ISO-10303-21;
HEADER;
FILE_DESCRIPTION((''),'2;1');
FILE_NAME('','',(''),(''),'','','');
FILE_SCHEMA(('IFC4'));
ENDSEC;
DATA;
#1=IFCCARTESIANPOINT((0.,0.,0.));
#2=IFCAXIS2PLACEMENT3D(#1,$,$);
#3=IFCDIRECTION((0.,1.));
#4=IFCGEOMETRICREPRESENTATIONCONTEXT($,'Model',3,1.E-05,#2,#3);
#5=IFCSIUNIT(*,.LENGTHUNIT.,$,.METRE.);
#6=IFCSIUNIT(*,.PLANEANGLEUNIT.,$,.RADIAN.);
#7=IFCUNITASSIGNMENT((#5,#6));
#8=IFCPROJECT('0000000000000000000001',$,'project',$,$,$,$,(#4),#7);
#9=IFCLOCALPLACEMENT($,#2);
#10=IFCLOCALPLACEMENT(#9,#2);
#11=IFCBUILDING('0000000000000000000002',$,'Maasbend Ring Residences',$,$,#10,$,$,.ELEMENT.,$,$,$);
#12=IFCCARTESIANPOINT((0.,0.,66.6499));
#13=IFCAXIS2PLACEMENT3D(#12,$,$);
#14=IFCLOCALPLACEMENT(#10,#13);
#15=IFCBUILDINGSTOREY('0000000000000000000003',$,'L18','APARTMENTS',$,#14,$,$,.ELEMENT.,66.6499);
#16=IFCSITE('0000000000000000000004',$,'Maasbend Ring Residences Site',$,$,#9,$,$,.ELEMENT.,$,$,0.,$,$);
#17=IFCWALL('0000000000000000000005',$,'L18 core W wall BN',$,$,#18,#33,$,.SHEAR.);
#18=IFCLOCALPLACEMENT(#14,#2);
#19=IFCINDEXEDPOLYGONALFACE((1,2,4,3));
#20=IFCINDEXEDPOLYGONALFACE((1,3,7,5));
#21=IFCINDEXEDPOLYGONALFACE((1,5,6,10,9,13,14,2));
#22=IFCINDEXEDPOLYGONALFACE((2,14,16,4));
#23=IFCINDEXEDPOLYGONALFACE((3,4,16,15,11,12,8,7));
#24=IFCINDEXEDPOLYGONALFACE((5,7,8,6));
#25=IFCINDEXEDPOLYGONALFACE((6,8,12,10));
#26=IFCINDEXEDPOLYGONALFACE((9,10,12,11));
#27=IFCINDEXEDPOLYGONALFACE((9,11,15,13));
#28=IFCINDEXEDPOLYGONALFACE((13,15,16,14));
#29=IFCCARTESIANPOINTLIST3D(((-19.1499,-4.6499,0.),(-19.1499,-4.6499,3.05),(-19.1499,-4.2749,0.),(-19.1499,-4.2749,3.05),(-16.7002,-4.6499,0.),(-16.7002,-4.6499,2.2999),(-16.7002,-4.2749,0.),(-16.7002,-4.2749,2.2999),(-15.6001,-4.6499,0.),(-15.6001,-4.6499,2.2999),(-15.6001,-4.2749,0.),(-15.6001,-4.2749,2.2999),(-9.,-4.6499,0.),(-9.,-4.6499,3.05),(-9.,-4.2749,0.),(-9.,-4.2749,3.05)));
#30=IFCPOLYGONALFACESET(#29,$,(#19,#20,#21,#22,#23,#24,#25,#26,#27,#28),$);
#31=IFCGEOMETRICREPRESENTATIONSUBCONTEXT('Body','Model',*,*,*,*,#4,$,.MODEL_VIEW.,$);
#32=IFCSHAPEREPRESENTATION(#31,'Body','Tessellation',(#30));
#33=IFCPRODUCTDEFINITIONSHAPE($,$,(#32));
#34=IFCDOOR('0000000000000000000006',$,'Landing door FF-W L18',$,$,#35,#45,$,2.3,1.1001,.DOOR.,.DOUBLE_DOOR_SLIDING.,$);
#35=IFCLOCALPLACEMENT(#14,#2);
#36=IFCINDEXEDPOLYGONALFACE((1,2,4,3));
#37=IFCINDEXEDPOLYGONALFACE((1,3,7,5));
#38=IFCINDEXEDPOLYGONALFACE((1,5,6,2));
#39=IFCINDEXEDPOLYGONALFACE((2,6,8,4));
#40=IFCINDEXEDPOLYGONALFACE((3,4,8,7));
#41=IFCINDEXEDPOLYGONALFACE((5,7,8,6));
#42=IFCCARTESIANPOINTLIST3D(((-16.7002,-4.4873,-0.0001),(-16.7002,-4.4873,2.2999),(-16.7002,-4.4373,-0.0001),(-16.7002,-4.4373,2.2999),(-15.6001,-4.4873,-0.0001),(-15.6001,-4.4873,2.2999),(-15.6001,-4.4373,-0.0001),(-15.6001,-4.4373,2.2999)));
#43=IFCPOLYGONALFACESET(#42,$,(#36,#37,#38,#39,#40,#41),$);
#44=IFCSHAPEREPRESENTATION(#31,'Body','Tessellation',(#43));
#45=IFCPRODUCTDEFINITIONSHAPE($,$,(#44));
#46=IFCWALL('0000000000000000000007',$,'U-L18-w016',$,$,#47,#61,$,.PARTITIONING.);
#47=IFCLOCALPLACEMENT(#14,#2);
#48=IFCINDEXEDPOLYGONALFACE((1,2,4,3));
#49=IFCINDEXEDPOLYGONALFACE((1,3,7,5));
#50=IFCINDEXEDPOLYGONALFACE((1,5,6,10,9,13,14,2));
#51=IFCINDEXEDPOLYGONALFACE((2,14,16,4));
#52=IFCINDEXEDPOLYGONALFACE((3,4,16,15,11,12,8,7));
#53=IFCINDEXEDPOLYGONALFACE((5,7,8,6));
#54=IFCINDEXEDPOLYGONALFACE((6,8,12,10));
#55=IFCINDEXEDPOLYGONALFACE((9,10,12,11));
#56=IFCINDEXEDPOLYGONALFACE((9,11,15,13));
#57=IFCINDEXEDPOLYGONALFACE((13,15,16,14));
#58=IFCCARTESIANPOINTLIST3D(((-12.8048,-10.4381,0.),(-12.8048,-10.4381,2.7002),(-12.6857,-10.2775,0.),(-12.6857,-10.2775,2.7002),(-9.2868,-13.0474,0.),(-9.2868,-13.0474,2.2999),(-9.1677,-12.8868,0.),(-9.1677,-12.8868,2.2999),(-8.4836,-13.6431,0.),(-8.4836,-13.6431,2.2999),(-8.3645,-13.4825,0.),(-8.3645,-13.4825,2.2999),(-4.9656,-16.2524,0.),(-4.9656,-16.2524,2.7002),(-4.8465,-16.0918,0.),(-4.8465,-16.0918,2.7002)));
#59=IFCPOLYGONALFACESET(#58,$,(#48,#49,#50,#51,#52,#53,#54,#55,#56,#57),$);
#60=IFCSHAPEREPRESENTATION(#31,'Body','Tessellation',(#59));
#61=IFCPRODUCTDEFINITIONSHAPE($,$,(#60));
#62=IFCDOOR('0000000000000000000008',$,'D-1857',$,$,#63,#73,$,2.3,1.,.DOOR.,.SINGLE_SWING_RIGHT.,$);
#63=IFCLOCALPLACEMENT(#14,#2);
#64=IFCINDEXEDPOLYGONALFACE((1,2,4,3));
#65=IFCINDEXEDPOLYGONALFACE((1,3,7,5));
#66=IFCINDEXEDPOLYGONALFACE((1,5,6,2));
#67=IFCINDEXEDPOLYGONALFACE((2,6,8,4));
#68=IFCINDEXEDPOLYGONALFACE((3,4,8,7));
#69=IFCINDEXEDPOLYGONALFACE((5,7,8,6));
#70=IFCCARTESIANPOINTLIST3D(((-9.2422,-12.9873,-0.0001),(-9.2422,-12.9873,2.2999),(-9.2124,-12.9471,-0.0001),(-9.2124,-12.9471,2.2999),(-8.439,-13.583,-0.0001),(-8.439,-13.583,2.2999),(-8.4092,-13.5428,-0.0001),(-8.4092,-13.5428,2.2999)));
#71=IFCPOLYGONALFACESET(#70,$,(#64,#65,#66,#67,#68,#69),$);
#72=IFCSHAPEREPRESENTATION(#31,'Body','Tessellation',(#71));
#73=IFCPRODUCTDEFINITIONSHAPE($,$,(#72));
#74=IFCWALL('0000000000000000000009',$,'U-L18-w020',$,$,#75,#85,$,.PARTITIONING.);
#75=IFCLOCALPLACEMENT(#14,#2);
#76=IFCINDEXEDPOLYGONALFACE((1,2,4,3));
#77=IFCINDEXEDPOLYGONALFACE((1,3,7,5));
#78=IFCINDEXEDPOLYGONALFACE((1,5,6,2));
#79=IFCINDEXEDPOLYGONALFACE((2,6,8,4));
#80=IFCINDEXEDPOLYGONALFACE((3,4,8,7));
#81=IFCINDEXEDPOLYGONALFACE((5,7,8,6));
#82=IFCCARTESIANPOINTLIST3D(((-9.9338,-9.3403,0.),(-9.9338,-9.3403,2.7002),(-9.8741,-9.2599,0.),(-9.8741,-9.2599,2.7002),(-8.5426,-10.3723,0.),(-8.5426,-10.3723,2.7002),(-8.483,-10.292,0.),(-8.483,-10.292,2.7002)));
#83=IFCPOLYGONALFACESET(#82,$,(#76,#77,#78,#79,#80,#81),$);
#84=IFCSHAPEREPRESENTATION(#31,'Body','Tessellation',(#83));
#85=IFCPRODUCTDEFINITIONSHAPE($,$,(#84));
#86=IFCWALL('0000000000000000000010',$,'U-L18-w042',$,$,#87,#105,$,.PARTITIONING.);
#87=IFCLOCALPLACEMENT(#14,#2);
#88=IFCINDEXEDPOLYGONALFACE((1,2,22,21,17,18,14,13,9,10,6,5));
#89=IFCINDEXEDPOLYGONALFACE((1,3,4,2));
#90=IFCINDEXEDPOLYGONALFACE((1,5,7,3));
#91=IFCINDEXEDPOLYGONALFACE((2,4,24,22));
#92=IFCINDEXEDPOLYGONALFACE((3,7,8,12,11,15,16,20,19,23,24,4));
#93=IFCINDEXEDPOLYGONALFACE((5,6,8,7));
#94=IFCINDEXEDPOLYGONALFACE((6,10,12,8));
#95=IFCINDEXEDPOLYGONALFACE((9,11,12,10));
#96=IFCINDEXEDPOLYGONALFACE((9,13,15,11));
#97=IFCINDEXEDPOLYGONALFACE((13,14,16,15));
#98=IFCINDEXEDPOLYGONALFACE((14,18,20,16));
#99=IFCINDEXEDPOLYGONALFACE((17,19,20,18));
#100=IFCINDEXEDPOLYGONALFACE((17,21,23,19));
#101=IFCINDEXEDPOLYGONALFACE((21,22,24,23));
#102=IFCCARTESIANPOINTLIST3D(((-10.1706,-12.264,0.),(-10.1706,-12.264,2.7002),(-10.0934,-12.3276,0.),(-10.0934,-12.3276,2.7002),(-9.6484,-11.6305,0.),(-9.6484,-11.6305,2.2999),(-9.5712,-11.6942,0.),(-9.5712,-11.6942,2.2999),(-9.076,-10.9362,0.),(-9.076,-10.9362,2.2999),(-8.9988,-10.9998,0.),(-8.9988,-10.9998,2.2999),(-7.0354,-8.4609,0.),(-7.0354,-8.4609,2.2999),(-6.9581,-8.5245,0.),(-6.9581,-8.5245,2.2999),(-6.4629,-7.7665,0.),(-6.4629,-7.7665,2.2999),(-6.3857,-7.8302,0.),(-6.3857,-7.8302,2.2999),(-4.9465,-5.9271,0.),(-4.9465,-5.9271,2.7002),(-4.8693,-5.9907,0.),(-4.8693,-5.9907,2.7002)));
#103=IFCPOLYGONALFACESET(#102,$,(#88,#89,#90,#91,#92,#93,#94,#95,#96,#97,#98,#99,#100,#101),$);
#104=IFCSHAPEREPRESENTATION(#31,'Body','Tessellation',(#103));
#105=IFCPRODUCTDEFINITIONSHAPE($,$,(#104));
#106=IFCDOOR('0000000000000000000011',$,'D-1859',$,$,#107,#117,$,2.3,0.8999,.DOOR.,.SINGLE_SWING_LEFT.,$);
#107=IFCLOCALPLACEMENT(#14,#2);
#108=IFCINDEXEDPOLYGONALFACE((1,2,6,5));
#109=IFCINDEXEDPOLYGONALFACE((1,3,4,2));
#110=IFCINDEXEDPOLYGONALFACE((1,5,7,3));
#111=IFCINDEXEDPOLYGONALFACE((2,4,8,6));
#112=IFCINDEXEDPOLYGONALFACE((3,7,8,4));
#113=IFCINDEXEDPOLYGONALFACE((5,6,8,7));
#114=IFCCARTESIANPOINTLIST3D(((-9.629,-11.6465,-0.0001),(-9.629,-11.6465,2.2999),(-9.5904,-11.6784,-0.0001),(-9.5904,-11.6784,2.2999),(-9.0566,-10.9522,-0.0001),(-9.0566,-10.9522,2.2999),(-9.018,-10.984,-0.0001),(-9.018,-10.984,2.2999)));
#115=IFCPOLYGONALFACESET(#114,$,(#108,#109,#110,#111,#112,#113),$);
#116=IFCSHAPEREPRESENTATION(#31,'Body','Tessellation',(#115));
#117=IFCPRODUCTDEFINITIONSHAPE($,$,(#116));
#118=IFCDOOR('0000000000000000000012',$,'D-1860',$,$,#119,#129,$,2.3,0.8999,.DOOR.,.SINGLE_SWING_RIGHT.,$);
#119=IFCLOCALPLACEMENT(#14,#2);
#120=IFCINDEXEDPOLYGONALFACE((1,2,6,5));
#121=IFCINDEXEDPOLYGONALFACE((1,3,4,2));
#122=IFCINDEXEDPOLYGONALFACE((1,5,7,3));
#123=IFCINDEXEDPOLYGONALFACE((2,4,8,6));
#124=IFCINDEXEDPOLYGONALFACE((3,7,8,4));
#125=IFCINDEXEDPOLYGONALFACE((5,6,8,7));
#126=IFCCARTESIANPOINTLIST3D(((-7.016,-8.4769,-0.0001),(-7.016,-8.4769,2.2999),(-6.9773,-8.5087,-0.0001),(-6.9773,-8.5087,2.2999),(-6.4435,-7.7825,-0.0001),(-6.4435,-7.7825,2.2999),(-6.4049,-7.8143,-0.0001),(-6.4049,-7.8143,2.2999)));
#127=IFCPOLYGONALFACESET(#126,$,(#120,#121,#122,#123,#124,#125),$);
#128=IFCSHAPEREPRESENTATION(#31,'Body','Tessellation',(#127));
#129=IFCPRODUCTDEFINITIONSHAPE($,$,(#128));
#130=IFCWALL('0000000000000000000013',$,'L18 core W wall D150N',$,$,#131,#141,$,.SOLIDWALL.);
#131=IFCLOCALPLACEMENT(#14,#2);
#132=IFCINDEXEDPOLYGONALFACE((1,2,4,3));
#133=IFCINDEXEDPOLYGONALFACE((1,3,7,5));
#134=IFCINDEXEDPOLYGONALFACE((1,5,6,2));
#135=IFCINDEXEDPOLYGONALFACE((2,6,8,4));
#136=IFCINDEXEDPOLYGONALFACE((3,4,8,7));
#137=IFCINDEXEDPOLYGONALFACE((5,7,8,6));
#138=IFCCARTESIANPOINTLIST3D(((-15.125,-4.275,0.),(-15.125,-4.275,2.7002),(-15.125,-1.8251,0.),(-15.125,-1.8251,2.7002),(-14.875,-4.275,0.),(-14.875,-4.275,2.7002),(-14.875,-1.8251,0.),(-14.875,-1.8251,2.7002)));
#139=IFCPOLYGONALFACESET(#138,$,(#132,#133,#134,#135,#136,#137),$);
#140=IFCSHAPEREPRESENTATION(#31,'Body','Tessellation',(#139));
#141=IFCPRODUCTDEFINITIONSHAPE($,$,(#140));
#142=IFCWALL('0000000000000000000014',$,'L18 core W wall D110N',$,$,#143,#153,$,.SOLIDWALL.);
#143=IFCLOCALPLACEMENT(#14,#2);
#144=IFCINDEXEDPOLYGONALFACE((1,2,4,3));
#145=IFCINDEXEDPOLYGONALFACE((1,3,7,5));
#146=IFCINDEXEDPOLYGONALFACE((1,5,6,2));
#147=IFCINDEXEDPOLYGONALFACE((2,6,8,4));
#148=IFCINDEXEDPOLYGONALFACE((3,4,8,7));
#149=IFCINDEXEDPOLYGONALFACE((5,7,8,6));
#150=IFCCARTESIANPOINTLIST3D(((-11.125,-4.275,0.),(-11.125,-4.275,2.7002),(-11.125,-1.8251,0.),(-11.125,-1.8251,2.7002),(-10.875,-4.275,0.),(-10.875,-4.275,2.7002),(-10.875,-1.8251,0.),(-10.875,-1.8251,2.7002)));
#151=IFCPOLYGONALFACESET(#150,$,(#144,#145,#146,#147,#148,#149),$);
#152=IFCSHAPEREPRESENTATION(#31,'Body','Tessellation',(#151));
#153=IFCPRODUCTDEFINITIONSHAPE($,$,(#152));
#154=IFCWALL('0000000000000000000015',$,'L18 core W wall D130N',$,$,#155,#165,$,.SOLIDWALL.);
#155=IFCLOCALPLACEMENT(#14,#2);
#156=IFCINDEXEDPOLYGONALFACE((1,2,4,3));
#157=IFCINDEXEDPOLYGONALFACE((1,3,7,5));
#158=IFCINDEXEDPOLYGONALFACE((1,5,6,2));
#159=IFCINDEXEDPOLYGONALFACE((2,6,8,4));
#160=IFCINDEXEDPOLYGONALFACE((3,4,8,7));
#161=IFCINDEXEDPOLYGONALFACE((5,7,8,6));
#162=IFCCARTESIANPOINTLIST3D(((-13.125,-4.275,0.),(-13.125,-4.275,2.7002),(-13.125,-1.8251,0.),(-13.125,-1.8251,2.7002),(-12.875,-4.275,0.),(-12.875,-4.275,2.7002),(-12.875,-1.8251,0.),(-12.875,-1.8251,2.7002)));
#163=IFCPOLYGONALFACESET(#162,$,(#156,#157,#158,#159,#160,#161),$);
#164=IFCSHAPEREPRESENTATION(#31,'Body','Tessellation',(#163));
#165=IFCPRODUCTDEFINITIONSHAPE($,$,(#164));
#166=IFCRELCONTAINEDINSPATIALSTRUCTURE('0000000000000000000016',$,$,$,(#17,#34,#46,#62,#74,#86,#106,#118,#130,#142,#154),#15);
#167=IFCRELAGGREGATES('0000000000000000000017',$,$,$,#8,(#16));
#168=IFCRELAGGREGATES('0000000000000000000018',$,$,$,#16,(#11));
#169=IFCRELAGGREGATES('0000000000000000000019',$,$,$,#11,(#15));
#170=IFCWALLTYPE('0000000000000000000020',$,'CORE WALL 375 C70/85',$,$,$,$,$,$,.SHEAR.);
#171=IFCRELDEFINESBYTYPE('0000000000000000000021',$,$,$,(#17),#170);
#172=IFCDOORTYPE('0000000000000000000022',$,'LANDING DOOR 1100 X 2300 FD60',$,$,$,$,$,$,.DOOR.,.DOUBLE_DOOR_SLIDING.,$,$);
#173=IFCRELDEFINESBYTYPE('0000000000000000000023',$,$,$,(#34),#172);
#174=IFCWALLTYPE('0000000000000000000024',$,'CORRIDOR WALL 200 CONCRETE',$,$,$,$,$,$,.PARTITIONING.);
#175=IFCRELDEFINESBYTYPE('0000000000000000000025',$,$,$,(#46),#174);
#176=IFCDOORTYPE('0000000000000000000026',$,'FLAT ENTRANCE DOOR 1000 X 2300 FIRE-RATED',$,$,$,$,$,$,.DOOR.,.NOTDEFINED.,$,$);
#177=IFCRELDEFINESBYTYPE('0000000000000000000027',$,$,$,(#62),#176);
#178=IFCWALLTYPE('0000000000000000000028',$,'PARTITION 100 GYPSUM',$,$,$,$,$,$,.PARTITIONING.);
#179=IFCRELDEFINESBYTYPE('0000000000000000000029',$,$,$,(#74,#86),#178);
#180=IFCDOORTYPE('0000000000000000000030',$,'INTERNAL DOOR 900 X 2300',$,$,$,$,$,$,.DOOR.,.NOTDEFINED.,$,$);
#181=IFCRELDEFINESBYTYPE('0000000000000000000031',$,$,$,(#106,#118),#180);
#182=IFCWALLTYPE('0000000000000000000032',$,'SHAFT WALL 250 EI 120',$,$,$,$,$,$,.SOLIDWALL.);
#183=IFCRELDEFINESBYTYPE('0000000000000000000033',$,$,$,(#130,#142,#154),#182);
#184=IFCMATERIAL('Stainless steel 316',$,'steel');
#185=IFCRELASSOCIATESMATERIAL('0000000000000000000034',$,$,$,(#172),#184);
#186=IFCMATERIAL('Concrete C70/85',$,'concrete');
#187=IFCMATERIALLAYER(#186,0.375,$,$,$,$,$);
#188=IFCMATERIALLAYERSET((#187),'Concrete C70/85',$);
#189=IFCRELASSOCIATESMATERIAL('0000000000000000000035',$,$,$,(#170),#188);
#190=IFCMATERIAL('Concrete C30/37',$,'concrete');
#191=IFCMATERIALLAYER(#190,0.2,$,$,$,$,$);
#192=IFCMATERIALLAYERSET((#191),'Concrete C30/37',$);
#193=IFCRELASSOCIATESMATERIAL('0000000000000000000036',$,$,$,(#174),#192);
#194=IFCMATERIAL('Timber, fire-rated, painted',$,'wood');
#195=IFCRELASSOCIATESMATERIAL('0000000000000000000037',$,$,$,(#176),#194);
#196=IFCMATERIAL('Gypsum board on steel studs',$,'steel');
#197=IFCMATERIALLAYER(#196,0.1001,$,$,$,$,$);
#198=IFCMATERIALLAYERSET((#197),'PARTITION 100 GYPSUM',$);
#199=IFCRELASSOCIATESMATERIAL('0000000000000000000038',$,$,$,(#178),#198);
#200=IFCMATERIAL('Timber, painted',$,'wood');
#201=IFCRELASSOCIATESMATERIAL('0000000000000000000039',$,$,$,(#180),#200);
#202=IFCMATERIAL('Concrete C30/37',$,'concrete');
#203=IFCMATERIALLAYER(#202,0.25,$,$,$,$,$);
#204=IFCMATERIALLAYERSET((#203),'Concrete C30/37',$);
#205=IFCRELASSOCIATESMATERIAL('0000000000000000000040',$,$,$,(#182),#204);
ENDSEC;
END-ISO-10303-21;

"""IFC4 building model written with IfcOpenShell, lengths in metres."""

from ifc_helpers import new_model, si_unit, direction, frame, frame_2d, origin, place, context, subcontext, project, spatial, rectangle, extrude, material, layer, layer_set, type_object, element, fill, save


model = new_model("IFC4")

# Units and contexts
model_context = context("Model", 3, precision=1e-05, world=origin(), true_north=direction((0.0, 1.0)))
body_context = subcontext(model_context, "Body", "Model", "MODEL_VIEW")
ifc_project = project(units=[si_unit("LENGTHUNIT", "METRE"), si_unit("PLANEANGLEUNIT", "RADIAN")], contexts=[model_context])

# Site, building, storey
site_placement = place(None, origin())
site = spatial("IfcSite", under=ifc_project, at=site_placement, Name="Maasbend Ring Residences Site", CompositionType="ELEMENT", RefElevation=0.0)
building_placement = place(site_placement, origin())
building = spatial("IfcBuilding", under=site, at=building_placement, Name="Maasbend Ring Residences", CompositionType="ELEMENT")
storey_placement = place(building_placement, frame((0.0, 0.0, 66.6499)))
storey = spatial("IfcBuildingStorey", under=building, at=storey_placement, Name="L18", Description="APARTMENTS", CompositionType="ELEMENT", Elevation=66.6499)

# Shared definitions
ifc_material_1 = material(Name="Stainless steel 316", Category="steel")
door_type_1 = type_object("IfcDoorType", Name="LANDING DOOR 1100 X 2300 FD60", OperationType="DOUBLE_DOOR_SLIDING", PredefinedType="DOOR", material=ifc_material_1)

# Walls, openings, doors
ifc_material_2 = material(Name="Concrete C70/85", Category="concrete")
ifc_layer_1 = layer(ifc_material_2, 0.375)
ifc_layer_set_1 = layer_set([ifc_layer_1], Name="Concrete C70/85")
wall_type_1 = type_object("IfcWallType", Name="CORE WALL 375 C70/85", PredefinedType="SHEAR", material=ifc_layer_set_1)
wall_1_placement = place(storey_placement, frame((-9.0, -4.4624, 0.0), z_axis=(0.0, 0.0, 1.0), x_axis=(-1.0, 0.0, 0.0)))
wall_1 = element("IfcWall", 1, at=wall_1_placement, inside=storey, type_object=wall_type_1, Name="L18 core W wall BN", PredefinedType="SHEAR", context=body_context, shape_type="SweptSolid", body=[
    extrude(rectangle(XDim=10.1499, YDim=0.375, at=frame_2d((5.075, 0.0))), origin(), (0.0, 0.0, 1.0), 3.05),
])
opening_1_placement = place(wall_1_placement, frame((6.6001, 0.0, 0.0)))
opening_1 = element("IfcOpeningElement", 2, at=opening_1_placement, cuts=wall_1, PredefinedType="OPENING", context=body_context, shape_type="SweptSolid", body=[
    extrude(rectangle(XDim=1.1001, YDim=2.3, at=frame_2d((0.55, 1.1499))), frame((0.0, 0.1975, 0.0), z_axis=(0.0, -1.0, 0.0), x_axis=(1.0, 0.0, 0.0)), (0.0, 0.0, 1.0), 0.395),
])
door_1_placement = place(opening_1_placement, origin())
door_1 = element("IfcDoor", 3, at=door_1_placement, inside=storey, type_object=door_type_1, Name="Landing door FF-W L18", OperationType="DOUBLE_DOOR_SLIDING", OverallHeight=2.3, OverallWidth=1.1001, PredefinedType="DOOR", context=body_context, shape_type="SweptSolid", body=[
    extrude(rectangle(XDim=1.1001, YDim=2.3, at=frame_2d((0.55, 1.1499))), frame((0.0, 0.0249, 0.0), z_axis=(0.0, -1.0, 0.0), x_axis=(1.0, 0.0, 0.0)), (0.0, 0.0, 1.0), 0.05),
])
fill(opening_1, door_1)
ifc_material_3 = material(Name="Concrete C30/37", Category="concrete")
ifc_layer_2 = layer(ifc_material_3, 0.2)
ifc_layer_set_2 = layer_set([ifc_layer_2], Name="Concrete C30/37")
wall_type_2 = type_object("IfcWallType", Name="CORRIDOR WALL 200 CONCRETE", PredefinedType="PARTITIONING", material=ifc_layer_set_2)
wall_2_placement = place(storey_placement, frame((-12.7451, -10.3579, 0.0), z_axis=(0.0, 0.0, 1.0), x_axis=(0.803191, -0.595721, 0.0)))
wall_2 = element("IfcWall", 4, at=wall_2_placement, inside=storey, type_object=wall_type_2, Name="U-L18-w016", PredefinedType="PARTITIONING", context=body_context, shape_type="SweptSolid", body=[
    extrude(rectangle(XDim=9.76, YDim=0.2, at=frame_2d((4.8799, 0.0))), origin(), (0.0, 0.0, 1.0), 2.7002),
])
opening_2_placement = place(wall_2_placement, frame((4.3799, 0.0, 0.0)))
opening_2 = element("IfcOpeningElement", 5, at=opening_2_placement, cuts=wall_2, PredefinedType="OPENING", context=body_context, shape_type="SweptSolid", body=[
    extrude(rectangle(XDim=1.0, YDim=2.3, at=frame_2d((0.5, 1.1499))), frame((0.0, 0.1099, 0.0), z_axis=(0.0, -1.0, 0.0), x_axis=(1.0, 0.0, 0.0)), (0.0, 0.0, 1.0), 0.22),
])
ifc_material_4 = material(Name="Timber, fire-rated, painted", Category="wood")
door_type_2 = type_object("IfcDoorType", Name="FLAT ENTRANCE DOOR 1000 X 2300 FIRE-RATED", OperationType="NOTDEFINED", PredefinedType="DOOR", material=ifc_material_4)
door_2_placement = place(opening_2_placement, origin())
door_2 = element("IfcDoor", 6, at=door_2_placement, inside=storey, type_object=door_type_2, Name="D-1857", OperationType="SINGLE_SWING_RIGHT", OverallHeight=2.3, OverallWidth=1.0, PredefinedType="DOOR", context=body_context, shape_type="SweptSolid", body=[
    extrude(rectangle(XDim=1.0, YDim=2.3, at=frame_2d((0.5, 1.1499))), frame((0.0, 0.0249, 0.0), z_axis=(0.0, -1.0, 0.0), x_axis=(1.0, 0.0, 0.0)), (0.0, 0.0, 1.0), 0.05),
])
fill(opening_2, door_2)

# Wall
ifc_material_5 = material(Name="Gypsum board on steel studs", Category="steel")
ifc_layer_3 = layer(ifc_material_5, 0.1001)
ifc_layer_set_3 = layer_set([ifc_layer_3], Name="PARTITION 100 GYPSUM")
wall_type_3 = type_object("IfcWallType", Name="PARTITION 100 GYPSUM", PredefinedType="PARTITIONING", material=ifc_layer_set_3)
wall_3_placement = place(storey_placement, frame((-9.9041, -9.3, 0.0), z_axis=(0.0, 0.0, 1.0), x_axis=(0.803135, -0.595797, 0.0)))
element("IfcWall", 7, at=wall_3_placement, inside=storey, type_object=wall_type_3, Name="U-L18-w020", PredefinedType="PARTITIONING", context=body_context, shape_type="SweptSolid", body=[
    extrude(rectangle(XDim=1.7322, YDim=0.1001, at=frame_2d((0.8662, 0.0))), origin(), (0.0, 0.0, 1.0), 2.7002),
])

# Wall, openings, doors
wall_4_placement = place(storey_placement, frame((-10.1321, -12.2959, 0.0), z_axis=(0.0, 0.0, 1.0), x_axis=(0.636105, 0.771602, 0.0)))
wall_4 = element("IfcWall", 8, at=wall_4_placement, inside=storey, type_object=wall_type_3, Name="U-L18-w042", PredefinedType="PARTITIONING", context=body_context, shape_type="SweptSolid", body=[
    extrude(rectangle(XDim=8.2126, YDim=0.1001, at=frame_2d((4.1064, 0.0))), origin(), (0.0, 0.0, 1.0), 2.7002),
])
opening_3_placement = place(wall_4_placement, frame((0.821, 0.0, 0.0)))
opening_3 = element("IfcOpeningElement", 9, at=opening_3_placement, cuts=wall_4, PredefinedType="OPENING", context=body_context, shape_type="SweptSolid", body=[
    extrude(rectangle(XDim=0.8999, YDim=2.3, at=frame_2d((0.45, 1.1499))), frame((0.0, 0.0601, 0.0), z_axis=(0.0, -1.0, 0.0), x_axis=(1.0, 0.0, 0.0)), (0.0, 0.0, 1.0), 0.1201),
])
opening_4_placement = place(wall_4_placement, frame((4.929, 0.0, 0.0)))
opening_4 = element("IfcOpeningElement", 10, at=opening_4_placement, cuts=wall_4, PredefinedType="OPENING", context=body_context, shape_type="SweptSolid", body=[
    extrude(rectangle(XDim=0.8999, YDim=2.3, at=frame_2d((0.45, 1.1499))), frame((0.0, 0.0601, 0.0), z_axis=(0.0, -1.0, 0.0), x_axis=(1.0, 0.0, 0.0)), (0.0, 0.0, 1.0), 0.1201),
])
ifc_material_6 = material(Name="Timber, painted", Category="wood")
door_type_3 = type_object("IfcDoorType", Name="INTERNAL DOOR 900 X 2300", OperationType="NOTDEFINED", PredefinedType="DOOR", material=ifc_material_6)
door_3_placement = place(opening_3_placement, origin())
door_3 = element("IfcDoor", 11, at=door_3_placement, inside=storey, type_object=door_type_3, Name="D-1859", OperationType="SINGLE_SWING_LEFT", OverallHeight=2.3, OverallWidth=0.8999, PredefinedType="DOOR", context=body_context, shape_type="SweptSolid", body=[
    extrude(rectangle(XDim=0.8999, YDim=2.3, at=frame_2d((0.45, 1.1499))), frame((0.0, 0.0249, 0.0), z_axis=(0.0, -1.0, 0.0), x_axis=(1.0, 0.0, 0.0)), (0.0, 0.0, 1.0), 0.05),
])
fill(opening_3, door_3)
door_4_placement = place(opening_4_placement, origin())
door_4 = element("IfcDoor", 12, at=door_4_placement, inside=storey, type_object=door_type_3, Name="D-1860", OperationType="SINGLE_SWING_RIGHT", OverallHeight=2.3, OverallWidth=0.8999, PredefinedType="DOOR", context=body_context, shape_type="SweptSolid", body=[
    extrude(rectangle(XDim=0.8999, YDim=2.3, at=frame_2d((0.45, 1.1499))), frame((0.0, 0.0249, 0.0), z_axis=(0.0, -1.0, 0.0), x_axis=(1.0, 0.0, 0.0)), (0.0, 0.0, 1.0), 0.05),
])
fill(opening_4, door_4)

# Walls
ifc_material_7 = material(Name="Concrete C30/37", Category="concrete")
ifc_layer_4 = layer(ifc_material_7, 0.25)
ifc_layer_set_4 = layer_set([ifc_layer_4], Name="Concrete C30/37")
wall_type_4 = type_object("IfcWallType", Name="SHAFT WALL 250 EI 120", PredefinedType="SOLIDWALL", material=ifc_layer_set_4)
for number, where, z_axis, x_axis, name in (
    (13, (-15.0, -1.825, 0.0), (0.0, 0.0, 1.0), (0.0, -1.0, 0.0), "L18 core W wall D150N"),
    (14, (-11.0, -1.825, 0.0), (0.0, 0.0, 1.0), (0.0, -1.0, 0.0), "L18 core W wall D110N"),
    (15, (-13.0, -1.825, 0.0), (0.0, 0.0, 1.0), (0.0, -1.0, 0.0), "L18 core W wall D130N"),
):
    element("IfcWall", number, at=place(storey_placement, frame(where, z_axis=z_axis, x_axis=x_axis)), inside=storey, type_object=wall_type_4, Name=name, PredefinedType="SOLIDWALL", context=body_context, shape_type="SweptSolid", body=[
        extrude(rectangle(XDim=2.45, YDim=0.25, at=frame_2d((1.2251, 0.0))), origin(), (0.0, 0.0, 1.0), 2.7002),
    ])

save(model, "model.ifc")
